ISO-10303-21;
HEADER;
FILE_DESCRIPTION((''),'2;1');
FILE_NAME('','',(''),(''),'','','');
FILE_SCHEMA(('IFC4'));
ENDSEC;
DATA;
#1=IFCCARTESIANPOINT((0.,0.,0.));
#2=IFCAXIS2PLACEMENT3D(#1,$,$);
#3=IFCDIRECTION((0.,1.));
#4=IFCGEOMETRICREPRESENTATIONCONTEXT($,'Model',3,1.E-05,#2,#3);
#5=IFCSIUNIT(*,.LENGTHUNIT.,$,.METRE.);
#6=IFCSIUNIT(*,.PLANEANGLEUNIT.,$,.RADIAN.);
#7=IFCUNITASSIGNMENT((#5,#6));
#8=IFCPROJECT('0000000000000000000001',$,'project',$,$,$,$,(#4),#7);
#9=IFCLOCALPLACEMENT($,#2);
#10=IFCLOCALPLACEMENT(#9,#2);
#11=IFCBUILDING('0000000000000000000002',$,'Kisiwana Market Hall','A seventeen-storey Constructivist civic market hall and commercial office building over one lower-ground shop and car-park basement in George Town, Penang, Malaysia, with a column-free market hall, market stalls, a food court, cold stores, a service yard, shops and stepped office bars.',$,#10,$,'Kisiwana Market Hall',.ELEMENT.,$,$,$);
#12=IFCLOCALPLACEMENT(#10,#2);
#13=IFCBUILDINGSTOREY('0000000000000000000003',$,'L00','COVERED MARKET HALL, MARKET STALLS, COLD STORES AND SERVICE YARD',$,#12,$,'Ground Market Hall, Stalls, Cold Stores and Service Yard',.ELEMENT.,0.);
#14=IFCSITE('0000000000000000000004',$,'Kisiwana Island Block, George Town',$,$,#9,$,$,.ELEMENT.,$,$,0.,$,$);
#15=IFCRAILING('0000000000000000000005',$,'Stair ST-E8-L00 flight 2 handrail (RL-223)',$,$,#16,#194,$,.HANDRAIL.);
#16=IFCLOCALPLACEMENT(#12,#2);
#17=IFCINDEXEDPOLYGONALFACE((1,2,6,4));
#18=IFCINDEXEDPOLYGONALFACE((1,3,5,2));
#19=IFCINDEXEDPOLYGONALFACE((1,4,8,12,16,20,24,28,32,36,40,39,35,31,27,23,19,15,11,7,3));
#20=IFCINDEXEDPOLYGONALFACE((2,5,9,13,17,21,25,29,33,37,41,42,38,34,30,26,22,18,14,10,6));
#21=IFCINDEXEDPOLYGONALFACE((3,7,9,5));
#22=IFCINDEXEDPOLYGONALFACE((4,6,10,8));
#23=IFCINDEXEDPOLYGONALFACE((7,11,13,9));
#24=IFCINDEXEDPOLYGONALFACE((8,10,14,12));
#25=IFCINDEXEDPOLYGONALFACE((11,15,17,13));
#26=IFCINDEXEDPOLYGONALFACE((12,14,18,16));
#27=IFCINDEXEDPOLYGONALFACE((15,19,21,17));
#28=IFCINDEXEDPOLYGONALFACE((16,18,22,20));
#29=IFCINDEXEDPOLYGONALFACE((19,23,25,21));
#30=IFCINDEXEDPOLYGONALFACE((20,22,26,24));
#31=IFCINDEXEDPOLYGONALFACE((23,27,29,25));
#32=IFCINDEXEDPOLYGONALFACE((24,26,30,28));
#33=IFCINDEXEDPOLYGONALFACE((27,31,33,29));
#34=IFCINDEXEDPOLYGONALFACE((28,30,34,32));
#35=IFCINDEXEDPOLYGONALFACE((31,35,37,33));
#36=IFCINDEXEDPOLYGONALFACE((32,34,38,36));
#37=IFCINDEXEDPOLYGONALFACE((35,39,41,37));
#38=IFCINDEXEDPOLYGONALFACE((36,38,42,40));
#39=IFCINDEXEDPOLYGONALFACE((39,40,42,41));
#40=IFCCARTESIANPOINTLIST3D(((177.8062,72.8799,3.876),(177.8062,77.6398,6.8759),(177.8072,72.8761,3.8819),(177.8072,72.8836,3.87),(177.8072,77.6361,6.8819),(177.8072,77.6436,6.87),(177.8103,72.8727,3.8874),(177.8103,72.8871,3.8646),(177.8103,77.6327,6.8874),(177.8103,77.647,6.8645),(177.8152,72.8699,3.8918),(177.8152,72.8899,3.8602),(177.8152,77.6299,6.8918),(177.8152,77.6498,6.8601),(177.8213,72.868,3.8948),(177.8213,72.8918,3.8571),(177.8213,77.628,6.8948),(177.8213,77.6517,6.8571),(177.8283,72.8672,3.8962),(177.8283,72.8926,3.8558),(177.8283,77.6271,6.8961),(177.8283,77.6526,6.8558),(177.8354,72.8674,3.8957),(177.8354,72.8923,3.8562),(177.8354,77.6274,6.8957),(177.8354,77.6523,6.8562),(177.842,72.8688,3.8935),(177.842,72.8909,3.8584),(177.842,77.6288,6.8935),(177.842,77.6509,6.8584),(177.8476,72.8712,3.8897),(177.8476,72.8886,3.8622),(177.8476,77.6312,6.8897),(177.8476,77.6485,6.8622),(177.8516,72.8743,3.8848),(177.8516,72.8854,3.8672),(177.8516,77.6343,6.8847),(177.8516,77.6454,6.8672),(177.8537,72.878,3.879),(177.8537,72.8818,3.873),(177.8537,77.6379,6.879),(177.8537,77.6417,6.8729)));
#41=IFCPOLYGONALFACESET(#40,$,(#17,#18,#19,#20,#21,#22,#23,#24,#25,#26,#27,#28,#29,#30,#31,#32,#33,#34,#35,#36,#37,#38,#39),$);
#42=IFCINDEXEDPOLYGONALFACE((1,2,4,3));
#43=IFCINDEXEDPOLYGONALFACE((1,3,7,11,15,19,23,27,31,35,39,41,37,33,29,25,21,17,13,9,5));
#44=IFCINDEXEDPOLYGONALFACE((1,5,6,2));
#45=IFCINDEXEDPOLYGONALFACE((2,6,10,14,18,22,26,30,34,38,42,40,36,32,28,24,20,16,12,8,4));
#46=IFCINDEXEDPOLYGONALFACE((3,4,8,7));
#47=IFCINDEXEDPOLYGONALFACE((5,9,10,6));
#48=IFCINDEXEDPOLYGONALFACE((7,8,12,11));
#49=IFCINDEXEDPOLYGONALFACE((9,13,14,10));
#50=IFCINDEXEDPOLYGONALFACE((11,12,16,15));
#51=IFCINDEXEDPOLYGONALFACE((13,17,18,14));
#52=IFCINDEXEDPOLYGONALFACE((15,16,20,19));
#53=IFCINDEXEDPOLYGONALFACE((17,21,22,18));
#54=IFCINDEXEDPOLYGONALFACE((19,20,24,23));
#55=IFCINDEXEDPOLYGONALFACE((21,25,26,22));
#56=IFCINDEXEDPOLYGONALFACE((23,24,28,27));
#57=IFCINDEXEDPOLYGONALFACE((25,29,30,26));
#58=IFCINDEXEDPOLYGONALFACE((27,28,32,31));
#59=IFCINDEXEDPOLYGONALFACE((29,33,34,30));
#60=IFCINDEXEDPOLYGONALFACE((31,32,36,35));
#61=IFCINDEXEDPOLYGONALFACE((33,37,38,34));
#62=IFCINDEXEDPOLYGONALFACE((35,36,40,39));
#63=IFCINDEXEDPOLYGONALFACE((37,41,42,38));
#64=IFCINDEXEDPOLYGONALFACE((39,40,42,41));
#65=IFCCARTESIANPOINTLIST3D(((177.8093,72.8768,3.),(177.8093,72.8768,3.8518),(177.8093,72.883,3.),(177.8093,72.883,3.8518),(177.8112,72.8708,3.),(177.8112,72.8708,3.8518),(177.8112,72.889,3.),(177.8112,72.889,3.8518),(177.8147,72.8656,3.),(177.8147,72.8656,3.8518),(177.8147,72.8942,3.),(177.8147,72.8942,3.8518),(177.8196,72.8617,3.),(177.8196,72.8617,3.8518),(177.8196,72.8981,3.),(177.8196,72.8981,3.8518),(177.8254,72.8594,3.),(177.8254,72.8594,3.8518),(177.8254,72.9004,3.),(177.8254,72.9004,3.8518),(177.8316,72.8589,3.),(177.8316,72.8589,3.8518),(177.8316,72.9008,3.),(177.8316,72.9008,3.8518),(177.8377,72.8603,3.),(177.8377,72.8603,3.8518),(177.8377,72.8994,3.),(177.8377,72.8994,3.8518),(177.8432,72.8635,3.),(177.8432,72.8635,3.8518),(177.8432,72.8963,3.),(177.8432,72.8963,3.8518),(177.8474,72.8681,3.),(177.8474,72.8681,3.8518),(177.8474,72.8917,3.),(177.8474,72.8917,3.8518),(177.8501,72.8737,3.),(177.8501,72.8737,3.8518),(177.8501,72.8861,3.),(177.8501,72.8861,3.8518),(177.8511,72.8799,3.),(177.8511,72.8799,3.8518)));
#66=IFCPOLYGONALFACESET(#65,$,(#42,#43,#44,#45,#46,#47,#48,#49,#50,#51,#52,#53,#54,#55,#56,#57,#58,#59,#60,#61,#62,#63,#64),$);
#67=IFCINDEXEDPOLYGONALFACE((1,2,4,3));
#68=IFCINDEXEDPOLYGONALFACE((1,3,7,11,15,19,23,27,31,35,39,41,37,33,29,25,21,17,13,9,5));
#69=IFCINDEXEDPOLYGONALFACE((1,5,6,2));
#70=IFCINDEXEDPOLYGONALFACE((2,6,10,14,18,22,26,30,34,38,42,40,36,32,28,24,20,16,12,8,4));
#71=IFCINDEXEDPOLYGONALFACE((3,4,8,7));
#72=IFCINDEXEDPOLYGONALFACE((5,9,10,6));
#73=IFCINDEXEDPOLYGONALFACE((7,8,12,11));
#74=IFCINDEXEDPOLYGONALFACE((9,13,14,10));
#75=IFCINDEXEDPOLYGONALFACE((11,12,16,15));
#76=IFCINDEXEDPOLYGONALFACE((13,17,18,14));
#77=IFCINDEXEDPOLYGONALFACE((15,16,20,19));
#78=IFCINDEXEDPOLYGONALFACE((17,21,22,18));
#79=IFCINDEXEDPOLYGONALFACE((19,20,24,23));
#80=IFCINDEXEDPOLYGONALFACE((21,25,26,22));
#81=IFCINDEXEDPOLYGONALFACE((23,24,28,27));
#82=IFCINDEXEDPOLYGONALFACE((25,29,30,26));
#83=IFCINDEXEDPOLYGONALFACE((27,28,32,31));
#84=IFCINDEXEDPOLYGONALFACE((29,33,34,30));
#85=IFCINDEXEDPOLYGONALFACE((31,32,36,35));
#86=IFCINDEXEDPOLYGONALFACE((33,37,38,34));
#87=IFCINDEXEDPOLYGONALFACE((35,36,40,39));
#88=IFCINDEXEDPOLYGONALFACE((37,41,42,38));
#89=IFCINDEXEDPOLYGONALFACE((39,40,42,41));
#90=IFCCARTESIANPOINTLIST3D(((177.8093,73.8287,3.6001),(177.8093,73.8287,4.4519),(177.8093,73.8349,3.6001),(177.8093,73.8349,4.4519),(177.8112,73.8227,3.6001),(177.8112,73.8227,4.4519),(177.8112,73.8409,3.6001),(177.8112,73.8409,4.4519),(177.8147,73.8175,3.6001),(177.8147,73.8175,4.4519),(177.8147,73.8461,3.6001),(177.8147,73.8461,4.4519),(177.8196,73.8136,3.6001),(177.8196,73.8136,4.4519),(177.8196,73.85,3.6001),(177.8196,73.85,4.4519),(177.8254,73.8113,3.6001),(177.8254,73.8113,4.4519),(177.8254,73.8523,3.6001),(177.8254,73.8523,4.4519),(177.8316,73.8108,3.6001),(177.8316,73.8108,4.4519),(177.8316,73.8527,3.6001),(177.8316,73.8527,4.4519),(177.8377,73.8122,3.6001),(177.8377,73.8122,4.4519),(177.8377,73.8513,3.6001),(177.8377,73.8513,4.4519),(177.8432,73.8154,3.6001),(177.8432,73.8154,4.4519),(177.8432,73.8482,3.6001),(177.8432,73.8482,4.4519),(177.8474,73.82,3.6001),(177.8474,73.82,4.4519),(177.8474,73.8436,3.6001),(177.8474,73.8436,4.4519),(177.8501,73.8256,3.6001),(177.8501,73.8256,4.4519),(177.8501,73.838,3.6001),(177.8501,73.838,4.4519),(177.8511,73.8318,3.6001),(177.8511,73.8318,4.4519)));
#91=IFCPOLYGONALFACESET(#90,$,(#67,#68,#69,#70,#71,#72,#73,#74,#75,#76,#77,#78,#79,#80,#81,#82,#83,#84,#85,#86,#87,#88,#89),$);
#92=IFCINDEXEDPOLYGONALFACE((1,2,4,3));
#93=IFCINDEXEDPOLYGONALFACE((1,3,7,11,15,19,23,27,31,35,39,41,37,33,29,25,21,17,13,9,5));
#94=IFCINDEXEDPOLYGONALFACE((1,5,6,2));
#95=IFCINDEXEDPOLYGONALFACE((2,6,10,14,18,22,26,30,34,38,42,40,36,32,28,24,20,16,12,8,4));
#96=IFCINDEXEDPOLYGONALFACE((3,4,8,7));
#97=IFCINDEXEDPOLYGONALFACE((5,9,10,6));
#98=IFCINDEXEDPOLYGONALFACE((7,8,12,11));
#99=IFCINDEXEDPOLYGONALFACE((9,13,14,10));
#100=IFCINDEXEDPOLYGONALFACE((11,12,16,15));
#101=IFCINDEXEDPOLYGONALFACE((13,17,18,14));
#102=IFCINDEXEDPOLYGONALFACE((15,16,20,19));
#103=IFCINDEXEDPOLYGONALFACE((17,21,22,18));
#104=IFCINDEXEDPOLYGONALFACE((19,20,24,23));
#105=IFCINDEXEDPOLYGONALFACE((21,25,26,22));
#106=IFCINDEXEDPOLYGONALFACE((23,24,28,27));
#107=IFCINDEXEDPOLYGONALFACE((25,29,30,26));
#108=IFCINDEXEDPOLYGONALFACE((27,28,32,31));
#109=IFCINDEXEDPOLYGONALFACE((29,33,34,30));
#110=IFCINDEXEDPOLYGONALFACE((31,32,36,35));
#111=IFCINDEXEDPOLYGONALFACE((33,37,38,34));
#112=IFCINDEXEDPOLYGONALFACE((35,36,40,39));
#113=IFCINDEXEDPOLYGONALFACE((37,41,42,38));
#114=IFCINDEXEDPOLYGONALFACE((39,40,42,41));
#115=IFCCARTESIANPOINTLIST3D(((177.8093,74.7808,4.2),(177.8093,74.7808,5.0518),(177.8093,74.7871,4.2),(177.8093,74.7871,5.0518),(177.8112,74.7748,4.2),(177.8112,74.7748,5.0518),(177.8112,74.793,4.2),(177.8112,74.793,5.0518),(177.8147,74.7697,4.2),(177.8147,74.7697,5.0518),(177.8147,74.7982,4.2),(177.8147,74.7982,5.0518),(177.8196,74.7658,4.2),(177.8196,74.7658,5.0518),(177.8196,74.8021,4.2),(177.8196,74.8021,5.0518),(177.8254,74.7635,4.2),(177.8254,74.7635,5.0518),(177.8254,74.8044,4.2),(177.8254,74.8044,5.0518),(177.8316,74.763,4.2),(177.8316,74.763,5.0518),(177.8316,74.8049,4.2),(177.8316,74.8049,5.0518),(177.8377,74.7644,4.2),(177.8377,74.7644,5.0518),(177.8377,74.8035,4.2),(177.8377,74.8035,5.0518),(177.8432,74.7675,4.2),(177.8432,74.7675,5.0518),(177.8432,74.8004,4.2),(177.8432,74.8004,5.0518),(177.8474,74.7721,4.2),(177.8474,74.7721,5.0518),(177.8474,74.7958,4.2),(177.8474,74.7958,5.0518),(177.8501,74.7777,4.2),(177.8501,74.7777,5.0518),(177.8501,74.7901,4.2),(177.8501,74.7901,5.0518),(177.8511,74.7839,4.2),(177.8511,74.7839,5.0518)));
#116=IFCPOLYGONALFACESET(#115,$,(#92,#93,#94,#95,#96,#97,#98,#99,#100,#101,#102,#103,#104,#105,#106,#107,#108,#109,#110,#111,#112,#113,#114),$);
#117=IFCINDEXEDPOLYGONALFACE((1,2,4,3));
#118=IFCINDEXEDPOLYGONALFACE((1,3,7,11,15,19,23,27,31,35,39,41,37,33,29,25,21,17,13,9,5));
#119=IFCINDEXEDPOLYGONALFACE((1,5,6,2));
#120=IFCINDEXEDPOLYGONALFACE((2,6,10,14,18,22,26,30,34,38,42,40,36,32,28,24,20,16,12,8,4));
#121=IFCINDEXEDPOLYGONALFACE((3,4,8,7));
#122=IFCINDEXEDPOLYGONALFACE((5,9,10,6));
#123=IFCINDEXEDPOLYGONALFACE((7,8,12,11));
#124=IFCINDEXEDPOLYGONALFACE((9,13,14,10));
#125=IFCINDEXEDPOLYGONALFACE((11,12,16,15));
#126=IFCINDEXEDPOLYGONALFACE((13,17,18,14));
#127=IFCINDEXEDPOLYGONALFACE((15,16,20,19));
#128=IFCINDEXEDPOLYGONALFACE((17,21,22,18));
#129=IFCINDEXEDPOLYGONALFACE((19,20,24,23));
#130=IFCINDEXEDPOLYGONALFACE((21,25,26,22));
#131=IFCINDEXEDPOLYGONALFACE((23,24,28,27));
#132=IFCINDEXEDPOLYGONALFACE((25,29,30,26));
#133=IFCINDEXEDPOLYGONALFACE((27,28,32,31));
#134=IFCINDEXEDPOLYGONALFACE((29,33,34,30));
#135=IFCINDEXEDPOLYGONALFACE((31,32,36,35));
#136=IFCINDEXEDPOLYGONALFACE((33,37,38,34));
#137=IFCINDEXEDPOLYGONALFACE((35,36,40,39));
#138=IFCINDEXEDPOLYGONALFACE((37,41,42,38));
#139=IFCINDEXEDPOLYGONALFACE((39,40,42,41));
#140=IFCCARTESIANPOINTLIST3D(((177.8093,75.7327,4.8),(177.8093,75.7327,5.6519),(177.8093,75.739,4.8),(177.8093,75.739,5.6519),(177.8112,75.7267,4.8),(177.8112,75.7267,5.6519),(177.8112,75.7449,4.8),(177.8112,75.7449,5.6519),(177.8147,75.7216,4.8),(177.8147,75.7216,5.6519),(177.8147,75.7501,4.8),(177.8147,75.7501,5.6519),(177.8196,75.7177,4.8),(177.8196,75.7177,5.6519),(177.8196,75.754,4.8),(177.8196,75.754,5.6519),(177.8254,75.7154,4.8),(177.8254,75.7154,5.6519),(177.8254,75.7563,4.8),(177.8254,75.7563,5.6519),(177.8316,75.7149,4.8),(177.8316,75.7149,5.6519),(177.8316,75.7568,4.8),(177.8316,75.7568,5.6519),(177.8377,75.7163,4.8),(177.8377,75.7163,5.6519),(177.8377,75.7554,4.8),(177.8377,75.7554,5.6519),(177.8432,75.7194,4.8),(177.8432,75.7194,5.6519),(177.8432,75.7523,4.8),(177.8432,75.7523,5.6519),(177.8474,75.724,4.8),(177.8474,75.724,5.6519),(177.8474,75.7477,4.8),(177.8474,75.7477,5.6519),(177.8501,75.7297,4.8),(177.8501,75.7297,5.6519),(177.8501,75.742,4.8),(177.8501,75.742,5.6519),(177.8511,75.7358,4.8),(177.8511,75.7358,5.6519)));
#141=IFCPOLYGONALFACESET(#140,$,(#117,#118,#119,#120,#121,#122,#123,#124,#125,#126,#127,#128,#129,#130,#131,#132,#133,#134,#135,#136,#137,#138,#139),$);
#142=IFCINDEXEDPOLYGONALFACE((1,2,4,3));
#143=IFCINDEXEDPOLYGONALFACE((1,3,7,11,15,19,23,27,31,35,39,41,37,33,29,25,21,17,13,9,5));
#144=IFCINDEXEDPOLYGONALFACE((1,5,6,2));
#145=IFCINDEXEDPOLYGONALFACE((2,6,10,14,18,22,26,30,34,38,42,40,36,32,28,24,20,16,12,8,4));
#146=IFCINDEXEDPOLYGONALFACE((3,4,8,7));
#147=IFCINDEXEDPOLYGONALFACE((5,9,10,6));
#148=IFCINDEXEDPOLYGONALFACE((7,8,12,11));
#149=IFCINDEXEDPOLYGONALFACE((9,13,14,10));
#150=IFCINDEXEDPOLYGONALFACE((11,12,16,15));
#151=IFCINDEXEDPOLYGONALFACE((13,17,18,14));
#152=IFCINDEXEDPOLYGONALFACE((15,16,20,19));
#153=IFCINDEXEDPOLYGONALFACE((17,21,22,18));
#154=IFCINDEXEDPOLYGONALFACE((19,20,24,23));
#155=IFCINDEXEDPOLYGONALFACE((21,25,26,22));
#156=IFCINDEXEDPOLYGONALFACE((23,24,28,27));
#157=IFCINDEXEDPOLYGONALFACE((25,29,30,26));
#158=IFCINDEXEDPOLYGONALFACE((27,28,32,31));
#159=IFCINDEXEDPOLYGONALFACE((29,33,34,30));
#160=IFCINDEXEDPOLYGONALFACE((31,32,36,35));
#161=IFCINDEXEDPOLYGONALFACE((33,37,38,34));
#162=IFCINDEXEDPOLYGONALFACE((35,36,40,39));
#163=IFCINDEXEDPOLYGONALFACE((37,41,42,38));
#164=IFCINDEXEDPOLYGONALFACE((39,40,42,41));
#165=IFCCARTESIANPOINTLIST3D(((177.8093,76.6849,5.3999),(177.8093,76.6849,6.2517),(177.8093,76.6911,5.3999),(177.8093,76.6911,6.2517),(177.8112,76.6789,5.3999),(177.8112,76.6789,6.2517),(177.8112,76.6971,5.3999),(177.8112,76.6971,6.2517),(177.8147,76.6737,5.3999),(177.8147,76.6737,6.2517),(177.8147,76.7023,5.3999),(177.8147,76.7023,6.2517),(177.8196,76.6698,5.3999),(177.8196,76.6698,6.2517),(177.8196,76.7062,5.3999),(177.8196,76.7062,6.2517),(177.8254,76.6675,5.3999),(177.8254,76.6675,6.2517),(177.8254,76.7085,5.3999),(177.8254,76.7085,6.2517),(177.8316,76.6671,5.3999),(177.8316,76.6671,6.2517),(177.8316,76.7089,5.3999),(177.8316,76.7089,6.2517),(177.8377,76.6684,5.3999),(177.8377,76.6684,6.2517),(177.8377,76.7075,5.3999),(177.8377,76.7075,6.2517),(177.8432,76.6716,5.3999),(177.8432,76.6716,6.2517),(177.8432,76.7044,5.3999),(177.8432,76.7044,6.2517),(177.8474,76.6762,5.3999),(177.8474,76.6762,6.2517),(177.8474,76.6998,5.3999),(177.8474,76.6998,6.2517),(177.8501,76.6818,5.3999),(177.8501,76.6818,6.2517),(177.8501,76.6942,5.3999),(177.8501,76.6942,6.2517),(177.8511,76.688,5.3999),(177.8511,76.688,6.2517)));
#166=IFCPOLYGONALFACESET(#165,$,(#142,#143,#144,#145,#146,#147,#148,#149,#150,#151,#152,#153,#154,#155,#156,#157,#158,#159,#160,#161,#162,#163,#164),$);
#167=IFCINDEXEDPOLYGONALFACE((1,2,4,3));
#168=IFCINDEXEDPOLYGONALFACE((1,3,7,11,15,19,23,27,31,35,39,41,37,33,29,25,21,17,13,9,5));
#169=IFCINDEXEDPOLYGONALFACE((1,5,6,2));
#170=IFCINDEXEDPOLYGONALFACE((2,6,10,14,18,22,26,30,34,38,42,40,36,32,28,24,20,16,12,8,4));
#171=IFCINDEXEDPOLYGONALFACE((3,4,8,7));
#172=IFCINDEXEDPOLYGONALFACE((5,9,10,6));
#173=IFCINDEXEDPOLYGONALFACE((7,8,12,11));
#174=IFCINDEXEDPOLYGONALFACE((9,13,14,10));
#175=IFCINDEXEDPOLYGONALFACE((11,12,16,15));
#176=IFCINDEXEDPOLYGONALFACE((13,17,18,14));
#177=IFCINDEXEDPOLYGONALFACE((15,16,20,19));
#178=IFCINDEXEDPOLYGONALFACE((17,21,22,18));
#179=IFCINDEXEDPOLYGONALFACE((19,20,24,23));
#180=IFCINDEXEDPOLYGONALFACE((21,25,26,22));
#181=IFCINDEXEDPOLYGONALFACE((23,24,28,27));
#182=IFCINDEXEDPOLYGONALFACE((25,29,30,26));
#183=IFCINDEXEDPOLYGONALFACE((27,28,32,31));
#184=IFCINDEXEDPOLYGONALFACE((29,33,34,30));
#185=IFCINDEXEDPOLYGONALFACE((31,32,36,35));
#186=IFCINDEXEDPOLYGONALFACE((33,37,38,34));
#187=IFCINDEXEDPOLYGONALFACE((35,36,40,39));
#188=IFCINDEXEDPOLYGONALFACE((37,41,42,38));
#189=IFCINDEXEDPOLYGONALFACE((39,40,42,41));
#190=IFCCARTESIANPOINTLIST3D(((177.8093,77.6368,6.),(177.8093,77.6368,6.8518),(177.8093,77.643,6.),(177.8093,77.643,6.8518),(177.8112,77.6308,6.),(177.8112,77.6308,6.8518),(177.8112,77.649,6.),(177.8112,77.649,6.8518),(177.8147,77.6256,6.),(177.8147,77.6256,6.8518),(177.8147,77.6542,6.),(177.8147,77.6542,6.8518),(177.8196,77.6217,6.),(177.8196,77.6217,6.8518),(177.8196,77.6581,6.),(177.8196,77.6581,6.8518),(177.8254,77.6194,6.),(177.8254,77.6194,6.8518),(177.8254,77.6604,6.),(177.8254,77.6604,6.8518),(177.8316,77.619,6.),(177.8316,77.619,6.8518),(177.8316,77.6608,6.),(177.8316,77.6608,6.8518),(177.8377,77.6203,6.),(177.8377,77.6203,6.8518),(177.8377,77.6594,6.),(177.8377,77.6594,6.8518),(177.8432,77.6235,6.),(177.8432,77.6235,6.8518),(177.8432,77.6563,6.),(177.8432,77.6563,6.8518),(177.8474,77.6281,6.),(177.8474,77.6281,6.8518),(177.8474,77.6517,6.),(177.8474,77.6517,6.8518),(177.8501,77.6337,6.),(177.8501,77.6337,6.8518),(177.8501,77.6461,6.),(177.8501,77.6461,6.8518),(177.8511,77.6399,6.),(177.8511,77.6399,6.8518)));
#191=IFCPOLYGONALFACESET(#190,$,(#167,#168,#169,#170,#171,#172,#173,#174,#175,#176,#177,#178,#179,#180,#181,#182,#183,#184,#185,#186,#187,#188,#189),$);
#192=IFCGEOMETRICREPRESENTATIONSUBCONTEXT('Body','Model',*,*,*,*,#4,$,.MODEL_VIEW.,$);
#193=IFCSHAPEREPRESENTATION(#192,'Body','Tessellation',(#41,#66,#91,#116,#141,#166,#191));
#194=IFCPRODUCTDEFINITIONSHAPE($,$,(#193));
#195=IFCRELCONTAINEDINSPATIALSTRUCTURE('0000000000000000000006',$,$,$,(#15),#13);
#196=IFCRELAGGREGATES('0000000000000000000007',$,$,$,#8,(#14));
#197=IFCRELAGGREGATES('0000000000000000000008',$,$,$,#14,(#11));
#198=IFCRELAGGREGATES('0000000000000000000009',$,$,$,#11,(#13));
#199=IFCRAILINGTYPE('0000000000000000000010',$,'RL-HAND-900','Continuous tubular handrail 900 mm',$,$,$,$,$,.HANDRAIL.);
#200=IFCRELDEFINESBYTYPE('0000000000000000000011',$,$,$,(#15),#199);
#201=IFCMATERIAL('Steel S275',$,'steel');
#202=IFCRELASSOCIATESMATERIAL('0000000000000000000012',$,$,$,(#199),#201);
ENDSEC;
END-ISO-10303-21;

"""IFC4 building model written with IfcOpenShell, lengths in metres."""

from ifc_helpers import new_model, si_unit, direction, frame, origin, origin_2d, place, context, subcontext, project, spatial, circle, extrude, material, type_object, element, save


model = new_model("IFC4")

# Units and contexts
model_context = context("Model", 3, precision=1e-05, world=origin(), true_north=direction((0.0, 1.0)))
body_context = subcontext(model_context, "Body", "Model", "MODEL_VIEW")
ifc_project = project(units=[si_unit("LENGTHUNIT", "METRE"), si_unit("PLANEANGLEUNIT", "RADIAN")], contexts=[model_context])

# Site, building, storey
site_placement = place(None, origin())
site = spatial("IfcSite", under=ifc_project, at=site_placement, Name="Kisiwana Island Block, George Town", CompositionType="ELEMENT", RefElevation=0.0)
building_placement = place(site_placement, origin())
building = spatial("IfcBuilding", under=site, at=building_placement, Name="Kisiwana Market Hall", Description="A seventeen-storey Constructivist civic market hall and commercial office building over one lower-ground shop and car-park basement in George Town, Penang, Malaysia, with a column-free market hall, market stalls, a food court, cold stores, a service yard, shops and stepped office bars.", LongName="Kisiwana Market Hall", CompositionType="ELEMENT")
storey_placement = place(building_placement, origin())
storey = spatial("IfcBuildingStorey", under=building, at=storey_placement, Name="L00", Description="COVERED MARKET HALL, MARKET STALLS, COLD STORES AND SERVICE YARD", LongName="Ground Market Hall, Stalls, Cold Stores and Service Yard", CompositionType="ELEMENT", Elevation=0.0)

# Railing
ifc_material_1 = material(Name="Steel S275", Category="steel")
railing_type_1 = type_object("IfcRailingType", Name="RL-HAND-900", Description="Continuous tubular handrail 900 mm", PredefinedType="HANDRAIL", material=ifc_material_1)
railing_1_placement = place(storey_placement, frame((177.8301, 72.8799, 3.0)))
element("IfcRailing", 1, at=railing_1_placement, inside=storey, type_object=railing_type_1, Name="Stair ST-E8-L00 flight 2 handrail (RL-223)", PredefinedType="HANDRAIL", context=body_context, shape_type="SweptSolid", body=[
    extrude(circle(Radius=0.0239, at=origin_2d()), frame((0.0, 0.0, 0.876), z_axis=(0.0, 0.845996, 0.53319), x_axis=(-1.0, 0.0, 0.0)), (0.0, 0.0, 1.0), 5.6265),
    extrude(circle(Radius=0.021, at=origin_2d()), origin(), (0.0, 0.0, 1.0), 0.8518),
    extrude(circle(Radius=0.021, at=origin_2d()), frame((0.0, 0.9519, 0.6001)), (0.0, 0.0, 1.0), 0.8518),
    extrude(circle(Radius=0.021, at=origin_2d()), frame((0.0, 1.9041, 1.2)), (0.0, 0.0, 1.0), 0.8518),
    extrude(circle(Radius=0.021, at=origin_2d()), frame((0.0, 2.856, 1.8)), (0.0, 0.0, 1.0), 0.8518),
    extrude(circle(Radius=0.021, at=origin_2d()), frame((0.0, 3.8081, 2.3999)), (0.0, 0.0, 1.0), 0.8518),
    extrude(circle(Radius=0.021, at=origin_2d()), frame((0.0, 4.76, 3.0)), (0.0, 0.0, 1.0), 0.8518),
])

save(model, "model.ifc")
